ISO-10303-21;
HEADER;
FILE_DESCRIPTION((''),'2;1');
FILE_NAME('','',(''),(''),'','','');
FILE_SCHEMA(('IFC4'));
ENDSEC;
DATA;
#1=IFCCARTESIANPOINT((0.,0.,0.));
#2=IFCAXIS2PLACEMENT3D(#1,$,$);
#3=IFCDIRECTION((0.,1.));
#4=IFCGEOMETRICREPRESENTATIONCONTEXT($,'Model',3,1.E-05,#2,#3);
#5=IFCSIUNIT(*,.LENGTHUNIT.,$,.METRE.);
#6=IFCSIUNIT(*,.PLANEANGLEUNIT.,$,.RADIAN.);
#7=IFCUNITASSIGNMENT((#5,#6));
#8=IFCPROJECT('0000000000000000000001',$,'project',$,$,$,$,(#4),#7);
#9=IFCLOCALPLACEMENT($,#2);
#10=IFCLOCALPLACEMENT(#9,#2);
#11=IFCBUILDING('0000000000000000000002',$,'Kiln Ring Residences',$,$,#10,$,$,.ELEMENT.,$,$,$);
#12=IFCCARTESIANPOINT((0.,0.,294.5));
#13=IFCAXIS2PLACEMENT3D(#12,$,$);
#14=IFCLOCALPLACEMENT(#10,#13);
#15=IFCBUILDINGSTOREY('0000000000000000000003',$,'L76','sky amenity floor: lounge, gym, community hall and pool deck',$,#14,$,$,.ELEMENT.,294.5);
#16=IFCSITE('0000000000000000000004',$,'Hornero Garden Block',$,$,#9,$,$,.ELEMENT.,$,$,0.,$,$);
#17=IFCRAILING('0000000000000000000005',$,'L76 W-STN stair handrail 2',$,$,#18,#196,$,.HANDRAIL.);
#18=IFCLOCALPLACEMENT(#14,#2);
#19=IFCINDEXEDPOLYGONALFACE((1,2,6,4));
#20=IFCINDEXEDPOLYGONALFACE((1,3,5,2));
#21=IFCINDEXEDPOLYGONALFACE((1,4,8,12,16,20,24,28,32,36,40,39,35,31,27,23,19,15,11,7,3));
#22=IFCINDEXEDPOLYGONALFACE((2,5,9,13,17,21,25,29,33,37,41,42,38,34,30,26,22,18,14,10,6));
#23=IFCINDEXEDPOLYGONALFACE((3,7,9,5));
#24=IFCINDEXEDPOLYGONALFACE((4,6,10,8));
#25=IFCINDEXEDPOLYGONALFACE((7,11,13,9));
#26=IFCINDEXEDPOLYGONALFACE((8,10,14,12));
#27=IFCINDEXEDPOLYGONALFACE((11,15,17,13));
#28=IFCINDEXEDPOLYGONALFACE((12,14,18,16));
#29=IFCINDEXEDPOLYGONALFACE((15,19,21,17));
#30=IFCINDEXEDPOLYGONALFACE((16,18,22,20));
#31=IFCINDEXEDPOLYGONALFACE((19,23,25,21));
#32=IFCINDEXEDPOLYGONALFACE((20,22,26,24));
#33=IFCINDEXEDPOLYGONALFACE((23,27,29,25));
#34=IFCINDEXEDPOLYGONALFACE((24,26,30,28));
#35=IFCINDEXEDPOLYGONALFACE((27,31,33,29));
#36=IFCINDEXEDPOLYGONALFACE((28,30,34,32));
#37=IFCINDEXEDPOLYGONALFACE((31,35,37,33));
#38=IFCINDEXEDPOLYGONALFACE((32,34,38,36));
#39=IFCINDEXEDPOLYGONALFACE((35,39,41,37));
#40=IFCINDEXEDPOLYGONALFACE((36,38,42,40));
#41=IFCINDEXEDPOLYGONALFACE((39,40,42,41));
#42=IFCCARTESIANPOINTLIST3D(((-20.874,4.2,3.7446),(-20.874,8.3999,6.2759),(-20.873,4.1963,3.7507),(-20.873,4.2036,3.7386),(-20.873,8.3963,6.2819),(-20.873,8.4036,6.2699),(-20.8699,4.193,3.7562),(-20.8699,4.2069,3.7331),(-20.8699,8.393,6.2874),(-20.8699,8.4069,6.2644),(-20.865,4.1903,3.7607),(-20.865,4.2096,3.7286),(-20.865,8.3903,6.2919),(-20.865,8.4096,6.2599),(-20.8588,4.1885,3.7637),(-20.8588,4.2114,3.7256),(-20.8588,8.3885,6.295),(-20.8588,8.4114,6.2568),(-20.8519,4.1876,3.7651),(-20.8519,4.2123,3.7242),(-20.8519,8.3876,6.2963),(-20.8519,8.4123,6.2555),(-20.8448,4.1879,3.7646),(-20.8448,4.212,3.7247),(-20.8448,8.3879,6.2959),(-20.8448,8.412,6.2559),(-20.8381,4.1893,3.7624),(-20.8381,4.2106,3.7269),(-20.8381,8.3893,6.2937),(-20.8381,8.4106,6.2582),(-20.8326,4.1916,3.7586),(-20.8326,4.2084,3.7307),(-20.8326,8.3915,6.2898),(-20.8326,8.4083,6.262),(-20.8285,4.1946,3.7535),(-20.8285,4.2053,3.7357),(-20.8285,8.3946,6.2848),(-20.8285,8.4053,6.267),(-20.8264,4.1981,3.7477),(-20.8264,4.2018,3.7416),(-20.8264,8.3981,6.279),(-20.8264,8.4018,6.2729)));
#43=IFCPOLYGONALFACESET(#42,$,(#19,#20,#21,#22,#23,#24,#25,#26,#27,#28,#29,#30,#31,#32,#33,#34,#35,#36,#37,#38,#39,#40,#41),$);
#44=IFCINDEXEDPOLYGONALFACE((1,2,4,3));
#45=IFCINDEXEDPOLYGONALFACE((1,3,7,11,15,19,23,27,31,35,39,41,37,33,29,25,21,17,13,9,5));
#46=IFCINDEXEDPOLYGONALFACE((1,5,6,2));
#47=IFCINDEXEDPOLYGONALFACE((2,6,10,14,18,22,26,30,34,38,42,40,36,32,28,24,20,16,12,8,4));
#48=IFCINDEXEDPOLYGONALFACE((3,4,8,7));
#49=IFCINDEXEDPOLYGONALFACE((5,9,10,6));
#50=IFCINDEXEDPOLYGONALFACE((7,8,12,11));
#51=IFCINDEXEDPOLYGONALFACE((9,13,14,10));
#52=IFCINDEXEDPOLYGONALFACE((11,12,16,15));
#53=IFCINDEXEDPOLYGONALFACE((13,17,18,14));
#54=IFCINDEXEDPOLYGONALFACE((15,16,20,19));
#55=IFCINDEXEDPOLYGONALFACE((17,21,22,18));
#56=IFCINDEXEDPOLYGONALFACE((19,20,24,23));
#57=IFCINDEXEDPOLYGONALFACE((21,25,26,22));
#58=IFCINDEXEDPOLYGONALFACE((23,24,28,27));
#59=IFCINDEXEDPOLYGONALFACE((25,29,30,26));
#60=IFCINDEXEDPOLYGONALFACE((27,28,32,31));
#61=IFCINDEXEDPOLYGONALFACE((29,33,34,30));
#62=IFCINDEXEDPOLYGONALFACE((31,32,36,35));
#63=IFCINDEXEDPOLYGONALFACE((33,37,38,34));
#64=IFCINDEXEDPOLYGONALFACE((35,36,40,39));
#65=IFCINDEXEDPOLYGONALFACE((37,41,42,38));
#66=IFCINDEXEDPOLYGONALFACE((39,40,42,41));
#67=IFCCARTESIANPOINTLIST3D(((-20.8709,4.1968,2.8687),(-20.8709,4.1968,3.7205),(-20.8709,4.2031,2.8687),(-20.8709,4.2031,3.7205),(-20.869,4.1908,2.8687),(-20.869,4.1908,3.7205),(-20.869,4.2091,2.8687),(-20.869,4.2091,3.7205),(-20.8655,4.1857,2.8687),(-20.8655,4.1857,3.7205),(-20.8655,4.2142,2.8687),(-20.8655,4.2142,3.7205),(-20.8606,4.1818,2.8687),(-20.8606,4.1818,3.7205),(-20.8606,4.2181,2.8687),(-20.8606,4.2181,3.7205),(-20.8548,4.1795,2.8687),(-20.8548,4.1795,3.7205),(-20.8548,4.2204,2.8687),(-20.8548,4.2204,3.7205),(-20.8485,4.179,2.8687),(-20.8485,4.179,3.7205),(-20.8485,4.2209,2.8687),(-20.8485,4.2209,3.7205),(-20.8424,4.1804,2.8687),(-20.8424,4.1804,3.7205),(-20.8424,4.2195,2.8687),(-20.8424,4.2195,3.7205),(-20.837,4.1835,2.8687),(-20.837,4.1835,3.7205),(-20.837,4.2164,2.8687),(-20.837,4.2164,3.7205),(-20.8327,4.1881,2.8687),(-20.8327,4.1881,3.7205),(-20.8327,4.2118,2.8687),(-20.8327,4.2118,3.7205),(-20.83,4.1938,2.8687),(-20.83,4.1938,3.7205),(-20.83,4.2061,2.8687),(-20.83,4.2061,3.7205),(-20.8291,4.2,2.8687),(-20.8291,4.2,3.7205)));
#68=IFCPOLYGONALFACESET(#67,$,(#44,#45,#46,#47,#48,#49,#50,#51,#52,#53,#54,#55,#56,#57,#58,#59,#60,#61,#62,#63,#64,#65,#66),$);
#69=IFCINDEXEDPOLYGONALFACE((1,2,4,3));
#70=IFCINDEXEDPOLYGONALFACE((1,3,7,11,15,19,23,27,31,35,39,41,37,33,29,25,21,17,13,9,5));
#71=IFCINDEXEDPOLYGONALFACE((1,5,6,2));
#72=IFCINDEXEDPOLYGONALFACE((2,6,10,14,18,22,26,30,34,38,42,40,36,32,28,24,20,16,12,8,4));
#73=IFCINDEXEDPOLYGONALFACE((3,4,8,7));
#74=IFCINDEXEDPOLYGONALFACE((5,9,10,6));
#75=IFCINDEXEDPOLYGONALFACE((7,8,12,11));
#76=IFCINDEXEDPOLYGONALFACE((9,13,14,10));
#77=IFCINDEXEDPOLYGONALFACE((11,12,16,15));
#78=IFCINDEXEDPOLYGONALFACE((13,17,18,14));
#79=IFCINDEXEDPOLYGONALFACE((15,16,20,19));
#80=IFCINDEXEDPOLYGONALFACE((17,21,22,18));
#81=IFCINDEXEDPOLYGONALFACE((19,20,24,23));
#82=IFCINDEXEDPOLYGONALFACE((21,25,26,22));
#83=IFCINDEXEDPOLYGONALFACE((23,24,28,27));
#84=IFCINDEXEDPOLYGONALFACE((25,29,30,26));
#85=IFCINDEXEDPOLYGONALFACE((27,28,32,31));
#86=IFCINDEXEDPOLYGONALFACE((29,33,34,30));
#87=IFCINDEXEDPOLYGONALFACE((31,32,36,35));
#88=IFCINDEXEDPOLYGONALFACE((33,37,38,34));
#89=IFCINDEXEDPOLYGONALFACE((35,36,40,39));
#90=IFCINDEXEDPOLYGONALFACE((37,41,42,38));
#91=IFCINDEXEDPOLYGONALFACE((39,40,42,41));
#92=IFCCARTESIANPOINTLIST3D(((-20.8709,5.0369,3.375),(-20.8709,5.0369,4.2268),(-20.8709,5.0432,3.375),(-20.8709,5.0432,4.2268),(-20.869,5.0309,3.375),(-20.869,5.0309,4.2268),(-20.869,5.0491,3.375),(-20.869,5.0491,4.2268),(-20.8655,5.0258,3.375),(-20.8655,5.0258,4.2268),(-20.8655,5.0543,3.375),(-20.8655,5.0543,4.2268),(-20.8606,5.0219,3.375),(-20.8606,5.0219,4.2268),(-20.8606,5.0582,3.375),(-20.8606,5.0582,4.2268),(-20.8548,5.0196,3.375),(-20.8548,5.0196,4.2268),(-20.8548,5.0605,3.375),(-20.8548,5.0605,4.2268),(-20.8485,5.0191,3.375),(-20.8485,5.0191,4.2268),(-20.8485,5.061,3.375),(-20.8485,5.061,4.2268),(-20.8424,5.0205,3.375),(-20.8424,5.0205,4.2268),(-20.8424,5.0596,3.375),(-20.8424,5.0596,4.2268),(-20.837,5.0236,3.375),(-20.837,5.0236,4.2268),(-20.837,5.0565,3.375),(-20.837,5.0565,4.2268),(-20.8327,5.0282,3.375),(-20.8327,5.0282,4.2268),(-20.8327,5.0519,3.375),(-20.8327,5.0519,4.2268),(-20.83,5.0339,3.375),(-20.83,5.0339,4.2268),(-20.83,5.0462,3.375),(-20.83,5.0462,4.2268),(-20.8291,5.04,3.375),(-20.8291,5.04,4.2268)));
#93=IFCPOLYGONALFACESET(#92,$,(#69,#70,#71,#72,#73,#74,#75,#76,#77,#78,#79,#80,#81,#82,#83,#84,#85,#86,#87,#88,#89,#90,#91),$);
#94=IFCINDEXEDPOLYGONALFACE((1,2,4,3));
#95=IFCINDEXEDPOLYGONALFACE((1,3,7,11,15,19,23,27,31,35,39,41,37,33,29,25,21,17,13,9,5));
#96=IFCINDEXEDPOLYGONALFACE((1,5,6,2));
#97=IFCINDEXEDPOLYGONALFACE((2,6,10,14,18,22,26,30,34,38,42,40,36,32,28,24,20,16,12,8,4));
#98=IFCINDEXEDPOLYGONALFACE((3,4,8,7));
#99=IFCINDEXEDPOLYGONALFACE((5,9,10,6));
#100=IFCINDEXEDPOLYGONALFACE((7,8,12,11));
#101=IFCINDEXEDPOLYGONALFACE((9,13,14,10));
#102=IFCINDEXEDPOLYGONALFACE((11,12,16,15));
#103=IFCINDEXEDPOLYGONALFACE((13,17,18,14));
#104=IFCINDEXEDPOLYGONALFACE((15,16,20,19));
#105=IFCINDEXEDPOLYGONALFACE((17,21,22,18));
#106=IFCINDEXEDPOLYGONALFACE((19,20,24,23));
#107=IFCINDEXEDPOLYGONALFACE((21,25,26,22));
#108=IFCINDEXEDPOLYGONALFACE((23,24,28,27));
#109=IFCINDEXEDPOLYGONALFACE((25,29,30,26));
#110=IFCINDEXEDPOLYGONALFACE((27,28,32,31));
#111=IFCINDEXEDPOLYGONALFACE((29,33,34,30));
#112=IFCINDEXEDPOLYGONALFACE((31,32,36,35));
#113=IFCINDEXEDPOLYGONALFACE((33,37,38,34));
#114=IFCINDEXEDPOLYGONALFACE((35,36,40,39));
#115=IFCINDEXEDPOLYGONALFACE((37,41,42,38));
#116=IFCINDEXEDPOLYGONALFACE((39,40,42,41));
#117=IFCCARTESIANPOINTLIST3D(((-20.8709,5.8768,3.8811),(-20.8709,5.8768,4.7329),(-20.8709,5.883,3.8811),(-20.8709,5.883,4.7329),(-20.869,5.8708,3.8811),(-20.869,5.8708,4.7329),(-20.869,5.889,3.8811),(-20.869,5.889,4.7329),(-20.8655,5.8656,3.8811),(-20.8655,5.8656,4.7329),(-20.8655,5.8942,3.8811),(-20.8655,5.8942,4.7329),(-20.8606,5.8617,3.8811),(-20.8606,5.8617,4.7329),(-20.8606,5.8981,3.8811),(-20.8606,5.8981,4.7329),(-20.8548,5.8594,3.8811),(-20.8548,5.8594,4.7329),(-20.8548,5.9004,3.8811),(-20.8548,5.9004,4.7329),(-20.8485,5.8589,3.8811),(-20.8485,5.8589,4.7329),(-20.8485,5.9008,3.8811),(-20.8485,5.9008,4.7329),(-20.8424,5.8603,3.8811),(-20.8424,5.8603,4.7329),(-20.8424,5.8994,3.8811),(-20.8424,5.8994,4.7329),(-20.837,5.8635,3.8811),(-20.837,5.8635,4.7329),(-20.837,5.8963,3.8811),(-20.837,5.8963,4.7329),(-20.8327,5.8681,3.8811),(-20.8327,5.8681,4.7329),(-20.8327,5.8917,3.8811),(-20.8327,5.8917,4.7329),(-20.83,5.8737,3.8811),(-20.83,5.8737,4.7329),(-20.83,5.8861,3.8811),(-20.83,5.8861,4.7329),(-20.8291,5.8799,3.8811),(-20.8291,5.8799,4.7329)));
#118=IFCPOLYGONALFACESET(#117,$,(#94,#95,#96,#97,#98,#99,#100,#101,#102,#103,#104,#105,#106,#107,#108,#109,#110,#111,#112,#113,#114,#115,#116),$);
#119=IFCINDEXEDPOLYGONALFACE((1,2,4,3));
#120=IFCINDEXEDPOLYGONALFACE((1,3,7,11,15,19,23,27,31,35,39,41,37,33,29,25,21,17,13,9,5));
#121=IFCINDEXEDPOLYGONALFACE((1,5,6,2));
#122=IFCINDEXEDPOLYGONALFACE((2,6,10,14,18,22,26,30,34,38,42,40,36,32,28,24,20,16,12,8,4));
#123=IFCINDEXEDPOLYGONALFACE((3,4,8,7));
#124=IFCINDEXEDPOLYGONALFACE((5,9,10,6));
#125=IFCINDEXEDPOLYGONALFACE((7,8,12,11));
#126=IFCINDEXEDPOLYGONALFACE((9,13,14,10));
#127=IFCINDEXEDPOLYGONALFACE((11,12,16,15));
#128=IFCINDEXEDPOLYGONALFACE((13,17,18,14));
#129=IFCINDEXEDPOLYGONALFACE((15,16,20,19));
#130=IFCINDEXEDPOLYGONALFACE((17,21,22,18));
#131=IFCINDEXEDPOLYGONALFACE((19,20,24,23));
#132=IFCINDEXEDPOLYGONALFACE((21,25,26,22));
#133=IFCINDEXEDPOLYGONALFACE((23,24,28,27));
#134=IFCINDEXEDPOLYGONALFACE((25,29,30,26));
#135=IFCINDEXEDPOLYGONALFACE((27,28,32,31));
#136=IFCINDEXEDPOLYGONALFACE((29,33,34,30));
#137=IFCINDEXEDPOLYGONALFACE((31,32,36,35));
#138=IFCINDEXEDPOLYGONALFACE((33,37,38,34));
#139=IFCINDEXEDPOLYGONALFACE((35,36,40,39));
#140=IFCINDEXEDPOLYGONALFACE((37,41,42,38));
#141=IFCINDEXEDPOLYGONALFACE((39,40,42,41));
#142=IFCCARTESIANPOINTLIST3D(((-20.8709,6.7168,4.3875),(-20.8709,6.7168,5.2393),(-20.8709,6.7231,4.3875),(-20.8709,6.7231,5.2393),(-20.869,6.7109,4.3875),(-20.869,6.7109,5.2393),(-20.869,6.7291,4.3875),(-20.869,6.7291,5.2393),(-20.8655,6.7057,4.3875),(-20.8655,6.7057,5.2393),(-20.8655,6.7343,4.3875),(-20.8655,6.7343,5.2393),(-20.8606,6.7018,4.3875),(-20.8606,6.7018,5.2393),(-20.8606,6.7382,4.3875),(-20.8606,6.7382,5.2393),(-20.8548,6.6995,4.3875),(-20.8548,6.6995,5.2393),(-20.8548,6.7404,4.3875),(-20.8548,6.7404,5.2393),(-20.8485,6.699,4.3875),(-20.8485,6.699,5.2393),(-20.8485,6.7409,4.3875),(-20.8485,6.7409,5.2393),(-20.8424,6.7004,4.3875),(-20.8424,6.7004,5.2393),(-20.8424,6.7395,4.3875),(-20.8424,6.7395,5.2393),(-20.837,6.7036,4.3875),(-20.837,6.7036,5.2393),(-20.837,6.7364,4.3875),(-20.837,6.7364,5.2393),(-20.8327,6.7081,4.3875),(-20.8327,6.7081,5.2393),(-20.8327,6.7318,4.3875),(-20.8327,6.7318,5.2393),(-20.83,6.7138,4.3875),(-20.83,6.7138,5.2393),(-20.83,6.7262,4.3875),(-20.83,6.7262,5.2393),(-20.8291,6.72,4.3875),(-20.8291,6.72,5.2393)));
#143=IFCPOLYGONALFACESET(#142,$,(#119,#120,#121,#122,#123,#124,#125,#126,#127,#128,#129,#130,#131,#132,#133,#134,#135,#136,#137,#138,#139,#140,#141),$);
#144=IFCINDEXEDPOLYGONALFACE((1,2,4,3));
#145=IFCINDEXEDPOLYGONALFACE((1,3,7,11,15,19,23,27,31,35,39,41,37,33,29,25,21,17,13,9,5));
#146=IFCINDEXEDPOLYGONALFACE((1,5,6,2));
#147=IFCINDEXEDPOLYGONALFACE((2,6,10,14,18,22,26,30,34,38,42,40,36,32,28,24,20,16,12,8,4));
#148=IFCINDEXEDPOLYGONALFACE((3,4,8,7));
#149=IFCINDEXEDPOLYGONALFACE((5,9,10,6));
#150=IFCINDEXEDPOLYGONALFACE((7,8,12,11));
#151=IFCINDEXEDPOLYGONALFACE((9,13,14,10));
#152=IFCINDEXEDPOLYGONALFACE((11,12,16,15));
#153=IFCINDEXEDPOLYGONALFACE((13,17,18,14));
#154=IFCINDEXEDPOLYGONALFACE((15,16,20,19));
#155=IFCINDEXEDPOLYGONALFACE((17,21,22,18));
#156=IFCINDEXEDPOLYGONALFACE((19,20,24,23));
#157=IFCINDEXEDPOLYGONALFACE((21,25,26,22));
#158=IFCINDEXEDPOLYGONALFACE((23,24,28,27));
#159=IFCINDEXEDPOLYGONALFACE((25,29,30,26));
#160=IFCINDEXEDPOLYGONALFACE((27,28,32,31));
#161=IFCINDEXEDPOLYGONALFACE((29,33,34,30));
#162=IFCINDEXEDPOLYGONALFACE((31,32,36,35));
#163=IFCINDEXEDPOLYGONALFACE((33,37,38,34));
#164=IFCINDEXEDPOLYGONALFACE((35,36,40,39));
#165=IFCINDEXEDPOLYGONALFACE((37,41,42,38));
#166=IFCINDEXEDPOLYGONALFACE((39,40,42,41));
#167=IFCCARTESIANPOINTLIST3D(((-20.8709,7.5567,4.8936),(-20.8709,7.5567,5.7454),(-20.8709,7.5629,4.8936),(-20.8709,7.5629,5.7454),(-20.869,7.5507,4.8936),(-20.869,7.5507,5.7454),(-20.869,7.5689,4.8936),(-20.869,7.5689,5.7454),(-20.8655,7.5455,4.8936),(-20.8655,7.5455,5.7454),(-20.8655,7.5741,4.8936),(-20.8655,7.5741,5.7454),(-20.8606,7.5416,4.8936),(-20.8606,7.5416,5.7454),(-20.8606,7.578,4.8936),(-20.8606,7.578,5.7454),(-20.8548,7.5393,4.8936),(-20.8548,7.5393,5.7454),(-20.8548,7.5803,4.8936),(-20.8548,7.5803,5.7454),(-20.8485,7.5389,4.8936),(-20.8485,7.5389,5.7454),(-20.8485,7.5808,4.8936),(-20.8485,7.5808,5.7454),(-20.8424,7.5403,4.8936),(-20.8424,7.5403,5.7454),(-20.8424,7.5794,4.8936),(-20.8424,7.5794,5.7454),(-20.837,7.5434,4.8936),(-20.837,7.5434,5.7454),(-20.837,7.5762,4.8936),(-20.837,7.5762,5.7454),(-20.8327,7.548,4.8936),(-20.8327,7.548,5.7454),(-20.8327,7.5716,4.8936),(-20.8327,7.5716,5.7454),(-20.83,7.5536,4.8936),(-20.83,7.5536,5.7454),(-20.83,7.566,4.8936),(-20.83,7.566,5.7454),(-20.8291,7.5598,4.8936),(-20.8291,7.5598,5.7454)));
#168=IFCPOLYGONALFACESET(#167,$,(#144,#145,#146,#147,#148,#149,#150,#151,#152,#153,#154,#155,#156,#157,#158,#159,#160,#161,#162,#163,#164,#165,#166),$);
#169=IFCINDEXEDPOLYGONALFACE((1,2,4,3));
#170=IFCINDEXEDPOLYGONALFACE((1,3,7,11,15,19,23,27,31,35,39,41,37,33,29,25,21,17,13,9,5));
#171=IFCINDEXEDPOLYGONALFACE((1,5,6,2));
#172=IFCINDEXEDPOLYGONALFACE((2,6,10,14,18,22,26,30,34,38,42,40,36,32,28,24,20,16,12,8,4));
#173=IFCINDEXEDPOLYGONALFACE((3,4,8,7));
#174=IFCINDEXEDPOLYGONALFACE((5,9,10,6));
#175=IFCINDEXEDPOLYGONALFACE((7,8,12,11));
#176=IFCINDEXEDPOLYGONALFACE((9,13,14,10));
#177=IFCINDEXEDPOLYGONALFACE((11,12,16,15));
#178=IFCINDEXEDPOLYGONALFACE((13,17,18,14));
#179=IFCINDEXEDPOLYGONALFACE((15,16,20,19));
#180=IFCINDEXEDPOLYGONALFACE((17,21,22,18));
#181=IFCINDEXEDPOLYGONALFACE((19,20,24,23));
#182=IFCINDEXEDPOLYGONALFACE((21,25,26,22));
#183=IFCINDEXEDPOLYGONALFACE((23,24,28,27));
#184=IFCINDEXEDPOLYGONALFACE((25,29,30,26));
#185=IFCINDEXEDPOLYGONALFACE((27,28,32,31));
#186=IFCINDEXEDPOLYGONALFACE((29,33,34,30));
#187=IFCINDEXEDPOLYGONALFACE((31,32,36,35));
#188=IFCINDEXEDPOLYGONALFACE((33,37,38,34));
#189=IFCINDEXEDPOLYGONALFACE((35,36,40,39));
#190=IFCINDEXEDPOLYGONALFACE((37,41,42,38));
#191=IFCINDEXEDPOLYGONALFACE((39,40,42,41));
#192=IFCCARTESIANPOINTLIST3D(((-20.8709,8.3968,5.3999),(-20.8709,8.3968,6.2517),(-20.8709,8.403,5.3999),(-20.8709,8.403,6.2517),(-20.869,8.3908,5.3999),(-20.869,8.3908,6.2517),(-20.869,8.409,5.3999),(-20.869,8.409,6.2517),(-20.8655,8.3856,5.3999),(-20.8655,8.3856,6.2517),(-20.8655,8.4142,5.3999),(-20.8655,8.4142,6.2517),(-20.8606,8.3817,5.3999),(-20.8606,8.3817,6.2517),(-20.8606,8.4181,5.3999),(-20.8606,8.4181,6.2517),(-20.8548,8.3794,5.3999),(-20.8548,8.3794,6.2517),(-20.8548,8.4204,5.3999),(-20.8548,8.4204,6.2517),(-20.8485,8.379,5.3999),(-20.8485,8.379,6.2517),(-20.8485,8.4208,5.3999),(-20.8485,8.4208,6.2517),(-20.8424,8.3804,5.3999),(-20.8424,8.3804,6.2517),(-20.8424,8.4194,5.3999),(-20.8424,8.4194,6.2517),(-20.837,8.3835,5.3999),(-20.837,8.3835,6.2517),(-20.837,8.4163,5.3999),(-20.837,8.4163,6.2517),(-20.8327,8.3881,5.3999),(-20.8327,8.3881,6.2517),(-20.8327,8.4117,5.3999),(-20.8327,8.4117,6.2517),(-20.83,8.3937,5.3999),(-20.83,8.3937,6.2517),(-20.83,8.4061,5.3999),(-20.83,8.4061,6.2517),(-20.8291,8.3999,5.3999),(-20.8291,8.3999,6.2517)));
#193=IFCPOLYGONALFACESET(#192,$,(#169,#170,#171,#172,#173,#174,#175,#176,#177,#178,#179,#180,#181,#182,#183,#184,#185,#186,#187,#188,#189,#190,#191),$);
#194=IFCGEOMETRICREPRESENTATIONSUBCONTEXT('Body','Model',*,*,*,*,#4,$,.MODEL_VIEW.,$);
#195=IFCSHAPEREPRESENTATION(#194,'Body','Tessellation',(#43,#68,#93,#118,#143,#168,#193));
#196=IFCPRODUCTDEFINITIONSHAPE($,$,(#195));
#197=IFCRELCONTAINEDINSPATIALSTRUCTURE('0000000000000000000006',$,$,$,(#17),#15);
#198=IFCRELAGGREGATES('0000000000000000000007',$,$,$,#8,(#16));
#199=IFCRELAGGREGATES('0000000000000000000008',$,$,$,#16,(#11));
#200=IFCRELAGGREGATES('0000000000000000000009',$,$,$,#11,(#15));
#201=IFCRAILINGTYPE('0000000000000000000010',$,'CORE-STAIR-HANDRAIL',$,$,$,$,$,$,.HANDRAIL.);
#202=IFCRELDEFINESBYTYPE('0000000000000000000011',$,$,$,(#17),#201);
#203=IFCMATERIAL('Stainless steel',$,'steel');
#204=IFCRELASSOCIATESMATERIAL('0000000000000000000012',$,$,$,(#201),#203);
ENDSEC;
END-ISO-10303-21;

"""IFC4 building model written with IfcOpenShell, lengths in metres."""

from ifc_helpers import new_model, si_unit, direction, frame, origin, origin_2d, place, context, subcontext, project, spatial, circle, extrude, material, type_object, element, save


model = new_model("IFC4")

# Units and contexts
model_context = context("Model", 3, precision=1e-05, world=origin(), true_north=direction((0.0, 1.0)))
body_context = subcontext(model_context, "Body", "Model", "MODEL_VIEW")
ifc_project = project(units=[si_unit("LENGTHUNIT", "METRE"), si_unit("PLANEANGLEUNIT", "RADIAN")], contexts=[model_context])

# Site, building, storey
site_placement = place(None, origin())
site = spatial("IfcSite", under=ifc_project, at=site_placement, Name="Hornero Garden Block", CompositionType="ELEMENT", RefElevation=0.0)
building_placement = place(site_placement, origin())
building = spatial("IfcBuilding", under=site, at=building_placement, Name="Kiln Ring Residences", CompositionType="ELEMENT")
storey_placement = place(building_placement, frame((0.0, 0.0, 294.5)))
storey = spatial("IfcBuildingStorey", under=building, at=storey_placement, Name="L76", Description="sky amenity floor: lounge, gym, community hall and pool deck", CompositionType="ELEMENT", Elevation=294.5)

# Railing
ifc_material_1 = material(Name="Stainless steel", Category="steel")
railing_type_1 = type_object("IfcRailingType", Name="CORE-STAIR-HANDRAIL", PredefinedType="HANDRAIL", material=ifc_material_1)
railing_1_placement = place(storey_placement, frame((-20.8501, 4.2, 2.8687)))
element("IfcRailing", 1, at=railing_1_placement, inside=storey, type_object=railing_type_1, Name="L76 W-STN stair handrail 2", PredefinedType="HANDRAIL", context=body_context, shape_type="SweptSolid", body=[
    extrude(circle(Radius=0.0239, at=origin_2d()), frame((0.0, 0.0, 0.876), z_axis=(0.0, 0.856476, 0.516186), x_axis=(-1.0, 0.0, 0.0)), (0.0, 0.0, 1.0), 4.9038),
    extrude(circle(Radius=0.021, at=origin_2d()), origin(), (0.0, 0.0, 1.0), 0.8518),
    extrude(circle(Radius=0.021, at=origin_2d()), frame((0.0, 0.8401, 0.5063)), (0.0, 0.0, 1.0), 0.8518),
    extrude(circle(Radius=0.021, at=origin_2d()), frame((0.0, 1.6799, 1.0125)), (0.0, 0.0, 1.0), 0.8518),
    extrude(circle(Radius=0.021, at=origin_2d()), frame((0.0, 2.52, 1.5188)), (0.0, 0.0, 1.0), 0.8518),
    extrude(circle(Radius=0.021, at=origin_2d()), frame((0.0, 3.3599, 2.0249)), (0.0, 0.0, 1.0), 0.8518),
    extrude(circle(Radius=0.021, at=origin_2d()), frame((0.0, 4.2, 2.5312)), (0.0, 0.0, 1.0), 0.8518),
])

save(model, "model.ifc")
